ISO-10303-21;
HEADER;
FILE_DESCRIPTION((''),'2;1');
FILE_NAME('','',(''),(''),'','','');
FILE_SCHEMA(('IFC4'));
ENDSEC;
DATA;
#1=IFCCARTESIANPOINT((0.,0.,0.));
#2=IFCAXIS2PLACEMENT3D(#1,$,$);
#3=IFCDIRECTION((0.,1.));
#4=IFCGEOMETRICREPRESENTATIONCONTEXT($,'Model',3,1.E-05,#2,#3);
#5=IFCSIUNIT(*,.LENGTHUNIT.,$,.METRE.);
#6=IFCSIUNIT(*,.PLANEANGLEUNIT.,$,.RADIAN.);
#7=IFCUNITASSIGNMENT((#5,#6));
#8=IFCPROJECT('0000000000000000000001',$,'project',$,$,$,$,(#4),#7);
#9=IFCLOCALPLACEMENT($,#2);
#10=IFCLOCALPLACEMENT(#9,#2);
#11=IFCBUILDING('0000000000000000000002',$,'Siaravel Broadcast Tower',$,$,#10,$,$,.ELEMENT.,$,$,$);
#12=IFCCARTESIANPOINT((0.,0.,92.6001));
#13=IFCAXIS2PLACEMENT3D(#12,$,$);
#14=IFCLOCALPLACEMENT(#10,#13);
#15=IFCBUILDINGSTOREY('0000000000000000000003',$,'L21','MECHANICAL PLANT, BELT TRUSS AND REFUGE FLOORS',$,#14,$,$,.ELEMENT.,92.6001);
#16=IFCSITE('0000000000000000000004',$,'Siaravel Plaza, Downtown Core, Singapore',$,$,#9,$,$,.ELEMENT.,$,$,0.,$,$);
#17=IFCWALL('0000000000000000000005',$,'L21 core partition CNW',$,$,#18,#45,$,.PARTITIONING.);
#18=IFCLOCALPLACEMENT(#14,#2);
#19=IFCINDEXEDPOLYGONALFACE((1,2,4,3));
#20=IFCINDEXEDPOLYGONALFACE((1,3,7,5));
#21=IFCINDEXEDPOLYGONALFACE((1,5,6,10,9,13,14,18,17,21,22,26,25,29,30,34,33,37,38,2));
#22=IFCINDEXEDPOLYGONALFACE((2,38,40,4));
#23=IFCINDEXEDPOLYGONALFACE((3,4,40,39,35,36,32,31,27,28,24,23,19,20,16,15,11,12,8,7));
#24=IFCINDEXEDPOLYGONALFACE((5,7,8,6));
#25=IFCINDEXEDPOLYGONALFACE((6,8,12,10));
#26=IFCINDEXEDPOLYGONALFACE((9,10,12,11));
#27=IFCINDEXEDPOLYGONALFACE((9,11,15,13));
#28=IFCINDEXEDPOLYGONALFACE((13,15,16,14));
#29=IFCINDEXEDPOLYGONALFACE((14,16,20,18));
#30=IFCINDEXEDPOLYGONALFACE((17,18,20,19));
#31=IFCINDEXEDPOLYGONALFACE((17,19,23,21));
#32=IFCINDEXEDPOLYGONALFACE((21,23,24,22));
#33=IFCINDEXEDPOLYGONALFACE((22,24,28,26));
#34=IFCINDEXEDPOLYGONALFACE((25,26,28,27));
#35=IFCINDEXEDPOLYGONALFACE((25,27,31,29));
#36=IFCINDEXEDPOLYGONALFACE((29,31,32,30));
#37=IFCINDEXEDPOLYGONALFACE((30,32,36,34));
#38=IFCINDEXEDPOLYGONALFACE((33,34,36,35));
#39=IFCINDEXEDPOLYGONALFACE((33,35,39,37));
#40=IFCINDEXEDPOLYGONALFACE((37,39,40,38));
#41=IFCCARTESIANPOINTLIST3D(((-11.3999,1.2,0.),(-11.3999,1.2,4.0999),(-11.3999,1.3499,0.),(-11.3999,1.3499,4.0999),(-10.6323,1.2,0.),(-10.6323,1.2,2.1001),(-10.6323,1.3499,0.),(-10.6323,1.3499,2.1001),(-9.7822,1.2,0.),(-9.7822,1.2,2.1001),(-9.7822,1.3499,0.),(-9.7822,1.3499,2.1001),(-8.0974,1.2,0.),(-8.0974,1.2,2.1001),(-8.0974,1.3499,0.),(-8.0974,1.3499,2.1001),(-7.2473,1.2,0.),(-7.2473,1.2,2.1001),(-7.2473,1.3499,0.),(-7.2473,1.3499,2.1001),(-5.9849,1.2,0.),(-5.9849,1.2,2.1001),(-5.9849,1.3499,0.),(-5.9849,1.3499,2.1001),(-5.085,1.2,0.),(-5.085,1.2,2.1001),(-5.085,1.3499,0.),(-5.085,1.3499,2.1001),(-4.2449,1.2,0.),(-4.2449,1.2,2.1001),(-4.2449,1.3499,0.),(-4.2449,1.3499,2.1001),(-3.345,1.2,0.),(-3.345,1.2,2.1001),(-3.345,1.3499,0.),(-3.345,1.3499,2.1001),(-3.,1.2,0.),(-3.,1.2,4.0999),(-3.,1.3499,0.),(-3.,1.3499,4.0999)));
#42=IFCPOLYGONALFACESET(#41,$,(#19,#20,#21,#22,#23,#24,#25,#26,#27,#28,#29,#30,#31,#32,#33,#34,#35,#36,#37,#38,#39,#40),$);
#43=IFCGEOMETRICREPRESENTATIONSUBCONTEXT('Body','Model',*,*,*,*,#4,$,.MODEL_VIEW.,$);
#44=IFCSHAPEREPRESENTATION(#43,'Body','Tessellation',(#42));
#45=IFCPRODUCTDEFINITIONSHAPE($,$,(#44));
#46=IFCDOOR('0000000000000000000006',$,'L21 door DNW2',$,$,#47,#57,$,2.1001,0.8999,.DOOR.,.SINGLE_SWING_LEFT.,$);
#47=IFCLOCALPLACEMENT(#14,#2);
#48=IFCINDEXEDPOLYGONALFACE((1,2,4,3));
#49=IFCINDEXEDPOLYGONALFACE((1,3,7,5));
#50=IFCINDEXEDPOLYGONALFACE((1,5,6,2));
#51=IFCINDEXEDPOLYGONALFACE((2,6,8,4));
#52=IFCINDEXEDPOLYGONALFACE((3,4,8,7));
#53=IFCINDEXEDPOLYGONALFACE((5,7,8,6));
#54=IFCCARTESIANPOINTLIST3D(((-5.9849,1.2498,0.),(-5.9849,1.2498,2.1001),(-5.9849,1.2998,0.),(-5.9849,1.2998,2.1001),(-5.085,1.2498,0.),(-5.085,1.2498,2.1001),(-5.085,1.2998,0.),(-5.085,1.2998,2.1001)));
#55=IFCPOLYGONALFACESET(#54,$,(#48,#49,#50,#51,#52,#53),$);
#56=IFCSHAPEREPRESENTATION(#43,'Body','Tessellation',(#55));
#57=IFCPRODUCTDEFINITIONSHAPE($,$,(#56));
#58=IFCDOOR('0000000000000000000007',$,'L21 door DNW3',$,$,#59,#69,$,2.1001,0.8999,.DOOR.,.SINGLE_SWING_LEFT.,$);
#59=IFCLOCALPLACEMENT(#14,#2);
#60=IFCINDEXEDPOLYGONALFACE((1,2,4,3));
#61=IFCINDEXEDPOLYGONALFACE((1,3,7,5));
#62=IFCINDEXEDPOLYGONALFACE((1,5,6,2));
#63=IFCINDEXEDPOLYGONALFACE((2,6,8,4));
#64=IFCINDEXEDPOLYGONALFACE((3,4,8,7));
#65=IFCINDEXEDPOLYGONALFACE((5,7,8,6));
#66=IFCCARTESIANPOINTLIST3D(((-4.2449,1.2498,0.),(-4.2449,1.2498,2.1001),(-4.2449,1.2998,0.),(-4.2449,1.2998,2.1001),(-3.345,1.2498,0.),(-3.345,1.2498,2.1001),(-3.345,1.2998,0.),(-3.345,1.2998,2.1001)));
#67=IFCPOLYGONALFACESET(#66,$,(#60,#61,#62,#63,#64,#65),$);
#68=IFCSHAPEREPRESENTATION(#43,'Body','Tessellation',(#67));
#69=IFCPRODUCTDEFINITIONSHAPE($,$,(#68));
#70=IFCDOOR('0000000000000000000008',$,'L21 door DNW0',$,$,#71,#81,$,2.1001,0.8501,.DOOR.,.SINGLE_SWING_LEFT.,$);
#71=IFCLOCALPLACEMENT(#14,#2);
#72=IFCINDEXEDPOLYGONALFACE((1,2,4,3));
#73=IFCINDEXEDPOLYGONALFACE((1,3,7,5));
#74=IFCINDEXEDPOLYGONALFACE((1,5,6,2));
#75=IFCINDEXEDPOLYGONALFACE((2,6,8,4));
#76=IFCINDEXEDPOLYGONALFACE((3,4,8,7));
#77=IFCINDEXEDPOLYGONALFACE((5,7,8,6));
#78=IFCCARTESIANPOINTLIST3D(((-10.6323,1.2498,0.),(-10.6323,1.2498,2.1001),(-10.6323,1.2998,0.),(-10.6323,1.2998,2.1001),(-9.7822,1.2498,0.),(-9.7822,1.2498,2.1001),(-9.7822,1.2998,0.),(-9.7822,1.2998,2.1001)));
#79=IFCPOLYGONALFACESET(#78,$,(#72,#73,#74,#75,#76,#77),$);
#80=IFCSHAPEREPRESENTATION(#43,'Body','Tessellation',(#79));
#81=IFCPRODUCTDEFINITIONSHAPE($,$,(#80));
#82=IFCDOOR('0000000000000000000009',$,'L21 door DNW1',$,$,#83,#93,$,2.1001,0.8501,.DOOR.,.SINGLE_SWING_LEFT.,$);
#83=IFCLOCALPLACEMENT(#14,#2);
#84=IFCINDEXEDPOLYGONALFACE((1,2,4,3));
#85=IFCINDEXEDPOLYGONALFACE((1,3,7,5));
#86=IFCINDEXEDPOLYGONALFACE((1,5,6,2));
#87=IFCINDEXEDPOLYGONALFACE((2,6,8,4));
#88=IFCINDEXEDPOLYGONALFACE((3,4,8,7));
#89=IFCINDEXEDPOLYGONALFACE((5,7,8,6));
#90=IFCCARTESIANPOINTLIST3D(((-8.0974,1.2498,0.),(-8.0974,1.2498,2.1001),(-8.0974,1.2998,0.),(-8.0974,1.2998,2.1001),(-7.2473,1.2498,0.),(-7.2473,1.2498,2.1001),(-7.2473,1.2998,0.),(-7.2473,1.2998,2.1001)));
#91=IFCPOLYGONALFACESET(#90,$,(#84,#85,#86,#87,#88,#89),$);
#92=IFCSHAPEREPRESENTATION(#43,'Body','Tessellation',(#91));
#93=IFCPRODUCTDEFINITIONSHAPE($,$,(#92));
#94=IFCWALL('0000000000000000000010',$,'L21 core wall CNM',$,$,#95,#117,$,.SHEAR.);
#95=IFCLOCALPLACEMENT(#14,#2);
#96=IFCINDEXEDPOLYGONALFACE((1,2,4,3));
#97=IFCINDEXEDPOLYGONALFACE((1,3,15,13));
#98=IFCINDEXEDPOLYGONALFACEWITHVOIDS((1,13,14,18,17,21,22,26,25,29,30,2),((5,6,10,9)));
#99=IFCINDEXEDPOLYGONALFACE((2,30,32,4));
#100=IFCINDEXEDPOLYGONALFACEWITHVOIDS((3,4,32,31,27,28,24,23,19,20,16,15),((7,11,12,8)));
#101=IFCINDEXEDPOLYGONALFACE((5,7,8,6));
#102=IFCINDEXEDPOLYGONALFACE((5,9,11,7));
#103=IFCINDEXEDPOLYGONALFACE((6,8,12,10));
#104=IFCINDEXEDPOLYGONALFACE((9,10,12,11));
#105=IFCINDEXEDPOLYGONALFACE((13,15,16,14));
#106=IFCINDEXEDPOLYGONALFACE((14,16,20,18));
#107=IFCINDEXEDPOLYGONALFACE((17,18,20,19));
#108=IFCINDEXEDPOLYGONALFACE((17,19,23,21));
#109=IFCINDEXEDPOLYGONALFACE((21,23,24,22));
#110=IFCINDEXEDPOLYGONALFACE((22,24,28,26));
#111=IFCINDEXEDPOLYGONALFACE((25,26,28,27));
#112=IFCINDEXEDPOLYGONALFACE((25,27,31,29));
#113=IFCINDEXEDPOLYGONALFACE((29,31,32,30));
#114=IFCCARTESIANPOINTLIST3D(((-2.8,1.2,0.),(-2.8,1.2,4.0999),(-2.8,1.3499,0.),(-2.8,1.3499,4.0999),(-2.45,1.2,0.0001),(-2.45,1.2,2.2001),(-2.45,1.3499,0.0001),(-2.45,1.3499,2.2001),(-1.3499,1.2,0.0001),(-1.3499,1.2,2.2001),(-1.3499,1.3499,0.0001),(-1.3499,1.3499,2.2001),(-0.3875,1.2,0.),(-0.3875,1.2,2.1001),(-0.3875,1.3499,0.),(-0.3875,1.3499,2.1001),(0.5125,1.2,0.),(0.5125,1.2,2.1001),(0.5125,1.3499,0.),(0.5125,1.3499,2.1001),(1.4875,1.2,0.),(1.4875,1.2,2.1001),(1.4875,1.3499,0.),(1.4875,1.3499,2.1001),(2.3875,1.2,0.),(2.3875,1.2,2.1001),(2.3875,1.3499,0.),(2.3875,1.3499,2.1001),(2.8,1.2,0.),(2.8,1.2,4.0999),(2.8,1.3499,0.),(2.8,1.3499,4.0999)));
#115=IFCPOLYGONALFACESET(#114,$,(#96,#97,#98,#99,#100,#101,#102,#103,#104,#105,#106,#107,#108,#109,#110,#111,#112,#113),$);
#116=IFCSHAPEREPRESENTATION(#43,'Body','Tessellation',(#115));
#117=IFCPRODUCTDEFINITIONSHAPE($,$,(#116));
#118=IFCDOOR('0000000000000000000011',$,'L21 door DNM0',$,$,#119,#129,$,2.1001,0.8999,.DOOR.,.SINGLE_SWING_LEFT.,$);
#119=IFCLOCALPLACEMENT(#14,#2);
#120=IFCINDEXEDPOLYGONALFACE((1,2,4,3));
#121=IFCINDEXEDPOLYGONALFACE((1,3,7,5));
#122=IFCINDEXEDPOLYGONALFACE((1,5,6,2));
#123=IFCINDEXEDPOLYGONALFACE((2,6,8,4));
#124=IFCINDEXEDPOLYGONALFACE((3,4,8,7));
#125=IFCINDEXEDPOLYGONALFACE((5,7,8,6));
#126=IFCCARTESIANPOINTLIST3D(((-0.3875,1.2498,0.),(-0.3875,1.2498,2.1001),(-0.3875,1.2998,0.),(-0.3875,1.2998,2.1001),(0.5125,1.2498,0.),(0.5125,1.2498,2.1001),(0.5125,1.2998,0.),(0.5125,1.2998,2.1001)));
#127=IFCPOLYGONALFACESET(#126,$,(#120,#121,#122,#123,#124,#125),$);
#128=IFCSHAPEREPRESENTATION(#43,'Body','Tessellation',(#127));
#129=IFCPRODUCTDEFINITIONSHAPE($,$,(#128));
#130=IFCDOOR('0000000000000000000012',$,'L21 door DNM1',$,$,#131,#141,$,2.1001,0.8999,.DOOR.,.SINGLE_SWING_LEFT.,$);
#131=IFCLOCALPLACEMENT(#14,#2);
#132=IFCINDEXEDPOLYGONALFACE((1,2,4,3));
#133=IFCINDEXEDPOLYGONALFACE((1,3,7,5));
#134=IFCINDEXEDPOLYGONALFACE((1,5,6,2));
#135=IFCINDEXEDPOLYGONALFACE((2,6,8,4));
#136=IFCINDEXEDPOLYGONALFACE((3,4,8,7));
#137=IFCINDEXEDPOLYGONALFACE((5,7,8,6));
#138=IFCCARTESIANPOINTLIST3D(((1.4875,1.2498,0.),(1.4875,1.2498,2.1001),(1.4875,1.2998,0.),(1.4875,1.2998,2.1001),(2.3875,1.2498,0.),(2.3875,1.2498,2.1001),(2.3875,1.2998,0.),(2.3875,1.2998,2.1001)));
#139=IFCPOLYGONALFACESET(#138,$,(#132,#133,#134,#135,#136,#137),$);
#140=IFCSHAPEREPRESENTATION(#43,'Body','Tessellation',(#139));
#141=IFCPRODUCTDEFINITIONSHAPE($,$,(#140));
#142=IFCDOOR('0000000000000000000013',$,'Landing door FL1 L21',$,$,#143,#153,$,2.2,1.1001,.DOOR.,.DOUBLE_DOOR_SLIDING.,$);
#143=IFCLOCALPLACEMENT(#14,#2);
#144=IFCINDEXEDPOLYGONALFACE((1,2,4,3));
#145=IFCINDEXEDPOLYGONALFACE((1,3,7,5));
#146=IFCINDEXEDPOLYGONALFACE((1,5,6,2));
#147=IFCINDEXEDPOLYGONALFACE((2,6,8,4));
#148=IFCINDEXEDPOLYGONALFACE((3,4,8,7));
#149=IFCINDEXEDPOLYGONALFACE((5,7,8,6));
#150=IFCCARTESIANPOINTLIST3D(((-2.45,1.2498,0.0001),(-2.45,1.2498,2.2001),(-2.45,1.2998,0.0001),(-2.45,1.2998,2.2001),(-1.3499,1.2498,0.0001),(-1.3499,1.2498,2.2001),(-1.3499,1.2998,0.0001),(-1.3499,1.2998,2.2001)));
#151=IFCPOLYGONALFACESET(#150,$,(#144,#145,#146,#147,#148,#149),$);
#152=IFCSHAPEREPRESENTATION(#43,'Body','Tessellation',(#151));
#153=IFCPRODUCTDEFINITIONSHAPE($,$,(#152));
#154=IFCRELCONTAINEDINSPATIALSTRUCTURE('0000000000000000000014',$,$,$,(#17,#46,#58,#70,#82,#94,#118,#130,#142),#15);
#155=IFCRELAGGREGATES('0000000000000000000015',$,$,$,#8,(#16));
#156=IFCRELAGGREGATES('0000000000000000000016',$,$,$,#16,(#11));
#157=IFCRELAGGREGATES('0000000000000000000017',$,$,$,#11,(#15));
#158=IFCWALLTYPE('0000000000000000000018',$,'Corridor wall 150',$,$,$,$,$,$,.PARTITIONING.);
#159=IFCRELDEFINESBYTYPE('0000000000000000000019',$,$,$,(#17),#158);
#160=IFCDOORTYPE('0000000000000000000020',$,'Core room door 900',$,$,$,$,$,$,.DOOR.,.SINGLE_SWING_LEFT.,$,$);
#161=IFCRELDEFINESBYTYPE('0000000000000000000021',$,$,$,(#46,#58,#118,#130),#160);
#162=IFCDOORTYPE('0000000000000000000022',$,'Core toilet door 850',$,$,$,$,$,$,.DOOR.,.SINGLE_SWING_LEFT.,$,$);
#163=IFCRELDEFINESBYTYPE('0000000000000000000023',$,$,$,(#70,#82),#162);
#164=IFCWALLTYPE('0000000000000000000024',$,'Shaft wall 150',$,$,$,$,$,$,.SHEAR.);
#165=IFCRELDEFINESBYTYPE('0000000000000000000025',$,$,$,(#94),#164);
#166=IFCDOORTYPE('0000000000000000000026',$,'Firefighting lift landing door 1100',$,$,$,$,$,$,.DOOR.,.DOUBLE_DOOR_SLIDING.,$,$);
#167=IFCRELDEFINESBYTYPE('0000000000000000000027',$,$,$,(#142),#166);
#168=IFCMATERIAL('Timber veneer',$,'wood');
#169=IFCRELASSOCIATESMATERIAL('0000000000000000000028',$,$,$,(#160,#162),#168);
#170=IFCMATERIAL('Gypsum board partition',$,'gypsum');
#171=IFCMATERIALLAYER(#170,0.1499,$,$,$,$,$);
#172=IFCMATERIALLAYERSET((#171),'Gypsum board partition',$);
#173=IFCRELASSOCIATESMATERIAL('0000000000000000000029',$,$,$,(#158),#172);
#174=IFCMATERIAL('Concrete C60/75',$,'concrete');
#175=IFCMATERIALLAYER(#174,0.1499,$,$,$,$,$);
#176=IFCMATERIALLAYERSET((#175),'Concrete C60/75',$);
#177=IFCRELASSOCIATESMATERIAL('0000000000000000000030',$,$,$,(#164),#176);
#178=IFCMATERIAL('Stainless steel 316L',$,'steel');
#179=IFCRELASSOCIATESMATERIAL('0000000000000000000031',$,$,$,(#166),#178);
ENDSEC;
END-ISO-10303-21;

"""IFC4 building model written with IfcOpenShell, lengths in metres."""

from ifc_helpers import new_model, si_unit, direction, frame, frame_2d, origin, place, context, subcontext, project, spatial, rectangle, extrude, material, layer, layer_set, type_object, element, fill, save


model = new_model("IFC4")

# Units and contexts
model_context = context("Model", 3, precision=1e-05, world=origin(), true_north=direction((0.0, 1.0)))
body_context = subcontext(model_context, "Body", "Model", "MODEL_VIEW")
ifc_project = project(units=[si_unit("LENGTHUNIT", "METRE"), si_unit("PLANEANGLEUNIT", "RADIAN")], contexts=[model_context])

# Site, building, storey
site_placement = place(None, origin())
site = spatial("IfcSite", under=ifc_project, at=site_placement, Name="Siaravel Plaza, Downtown Core, Singapore", CompositionType="ELEMENT", RefElevation=0.0)
building_placement = place(site_placement, origin())
building = spatial("IfcBuilding", under=site, at=building_placement, Name="Siaravel Broadcast Tower", CompositionType="ELEMENT")
storey_placement = place(building_placement, frame((0.0, 0.0, 92.6001)))
storey = spatial("IfcBuildingStorey", under=building, at=storey_placement, Name="L21", Description="MECHANICAL PLANT, BELT TRUSS AND REFUGE FLOORS", CompositionType="ELEMENT", Elevation=92.6001)

# Walls, openings, doors
ifc_material_1 = material(Name="Concrete C60/75", Category="concrete")
ifc_material_2 = material(Name="Timber veneer", Category="wood")
door_type_1 = type_object("IfcDoorType", Name="Core room door 900", OperationType="SINGLE_SWING_LEFT", PredefinedType="DOOR", material=ifc_material_2)
ifc_material_3 = material(Name="Stainless steel 316L", Category="steel")
ifc_material_4 = material(Name="Gypsum board partition", Category="gypsum")
ifc_layer_1 = layer(ifc_material_4, 0.1499)
ifc_layer_set_1 = layer_set([ifc_layer_1], Name="Gypsum board partition")
wall_type_1 = type_object("IfcWallType", Name="Corridor wall 150", PredefinedType="PARTITIONING", material=ifc_layer_set_1)
wall_1_placement = place(storey_placement, frame((-11.3999, 1.2749, 0.0), z_axis=(0.0, 0.0, 1.0), x_axis=(1.0, 0.0, 0.0)))
wall_1 = element("IfcWall", 1, at=wall_1_placement, inside=storey, type_object=wall_type_1, Name="L21 core partition CNW", PredefinedType="PARTITIONING", context=body_context, shape_type="SweptSolid", body=[
    extrude(rectangle(XDim=8.3999, YDim=0.1499, at=frame_2d((4.2, 0.0))), origin(), (0.0, 0.0, 1.0), 4.0999),
])
opening_1_placement = place(wall_1_placement, frame((0.7676, 0.0, 0.0)))
opening_1 = element("IfcOpeningElement", 2, at=opening_1_placement, cuts=wall_1, PredefinedType="OPENING", context=body_context, shape_type="SweptSolid", body=[
    extrude(rectangle(XDim=0.8501, YDim=2.1001, at=frame_2d((0.425, 1.05))), frame((0.0, 0.085, 0.0), z_axis=(0.0, -1.0, 0.0), x_axis=(1.0, 0.0, 0.0)), (0.0, 0.0, 1.0), 0.1699),
])
opening_2_placement = place(wall_1_placement, frame((3.3025, 0.0, 0.0)))
opening_2 = element("IfcOpeningElement", 3, at=opening_2_placement, cuts=wall_1, PredefinedType="OPENING", context=body_context, shape_type="SweptSolid", body=[
    extrude(rectangle(XDim=0.8501, YDim=2.1001, at=frame_2d((0.425, 1.05))), frame((0.0, 0.085, 0.0), z_axis=(0.0, -1.0, 0.0), x_axis=(1.0, 0.0, 0.0)), (0.0, 0.0, 1.0), 0.1699),
])
opening_3_placement = place(wall_1_placement, frame((5.415, 0.0, 0.0)))
opening_3 = element("IfcOpeningElement", 4, at=opening_3_placement, cuts=wall_1, PredefinedType="OPENING", context=body_context, shape_type="SweptSolid", body=[
    extrude(rectangle(XDim=0.8999, YDim=2.1001, at=frame_2d((0.45, 1.05))), frame((0.0, 0.085, 0.0), z_axis=(0.0, -1.0, 0.0), x_axis=(1.0, 0.0, 0.0)), (0.0, 0.0, 1.0), 0.1699),
])
opening_4_placement = place(wall_1_placement, frame((7.155, 0.0, 0.0)))
opening_4 = element("IfcOpeningElement", 5, at=opening_4_placement, cuts=wall_1, PredefinedType="OPENING", context=body_context, shape_type="SweptSolid", body=[
    extrude(rectangle(XDim=0.8999, YDim=2.1001, at=frame_2d((0.45, 1.05))), frame((0.0, 0.085, 0.0), z_axis=(0.0, -1.0, 0.0), x_axis=(1.0, 0.0, 0.0)), (0.0, 0.0, 1.0), 0.1699),
])
door_1_placement = place(opening_3_placement, origin())
door_1 = element("IfcDoor", 6, at=door_1_placement, inside=storey, type_object=door_type_1, Name="L21 door DNW2", OperationType="SINGLE_SWING_LEFT", OverallHeight=2.1001, OverallWidth=0.8999, PredefinedType="DOOR", context=body_context, shape_type="SweptSolid", body=[
    extrude(rectangle(XDim=0.8999, YDim=2.1001, at=frame_2d((0.45, 1.05))), frame((0.0, 0.0249, 0.0), z_axis=(0.0, -1.0, 0.0), x_axis=(1.0, 0.0, 0.0)), (0.0, 0.0, 1.0), 0.05),
])
fill(opening_3, door_1)
door_2_placement = place(opening_4_placement, origin())
door_2 = element("IfcDoor", 7, at=door_2_placement, inside=storey, type_object=door_type_1, Name="L21 door DNW3", OperationType="SINGLE_SWING_LEFT", OverallHeight=2.1001, OverallWidth=0.8999, PredefinedType="DOOR", context=body_context, shape_type="SweptSolid", body=[
    extrude(rectangle(XDim=0.8999, YDim=2.1001, at=frame_2d((0.45, 1.05))), frame((0.0, 0.0249, 0.0), z_axis=(0.0, -1.0, 0.0), x_axis=(1.0, 0.0, 0.0)), (0.0, 0.0, 1.0), 0.05),
])
fill(opening_4, door_2)
door_type_2 = type_object("IfcDoorType", Name="Core toilet door 850", OperationType="SINGLE_SWING_LEFT", PredefinedType="DOOR", material=ifc_material_2)
door_3_placement = place(opening_1_placement, origin())
door_3 = element("IfcDoor", 8, at=door_3_placement, inside=storey, type_object=door_type_2, Name="L21 door DNW0", OperationType="SINGLE_SWING_LEFT", OverallHeight=2.1001, OverallWidth=0.8501, PredefinedType="DOOR", context=body_context, shape_type="SweptSolid", body=[
    extrude(rectangle(XDim=0.8501, YDim=2.1001, at=frame_2d((0.425, 1.05))), frame((0.0, 0.0249, 0.0), z_axis=(0.0, -1.0, 0.0), x_axis=(1.0, 0.0, 0.0)), (0.0, 0.0, 1.0), 0.05),
])
fill(opening_1, door_3)
door_4_placement = place(opening_2_placement, origin())
door_4 = element("IfcDoor", 9, at=door_4_placement, inside=storey, type_object=door_type_2, Name="L21 door DNW1", OperationType="SINGLE_SWING_LEFT", OverallHeight=2.1001, OverallWidth=0.8501, PredefinedType="DOOR", context=body_context, shape_type="SweptSolid", body=[
    extrude(rectangle(XDim=0.8501, YDim=2.1001, at=frame_2d((0.425, 1.05))), frame((0.0, 0.0249, 0.0), z_axis=(0.0, -1.0, 0.0), x_axis=(1.0, 0.0, 0.0)), (0.0, 0.0, 1.0), 0.05),
])
fill(opening_2, door_4)
ifc_layer_2 = layer(ifc_material_1, 0.1499)
ifc_layer_set_2 = layer_set([ifc_layer_2], Name="Concrete C60/75")
wall_type_2 = type_object("IfcWallType", Name="Shaft wall 150", PredefinedType="SHEAR", material=ifc_layer_set_2)
wall_2_placement = place(storey_placement, frame((-2.8, 1.2749, 0.0), z_axis=(0.0, 0.0, 1.0), x_axis=(1.0, 0.0, 0.0)))
wall_2 = element("IfcWall", 10, at=wall_2_placement, inside=storey, type_object=wall_type_2, Name="L21 core wall CNM", PredefinedType="SHEAR", context=body_context, shape_type="SweptSolid", body=[
    extrude(rectangle(XDim=5.6001, YDim=0.1499, at=frame_2d((2.8, 0.0))), origin(), (0.0, 0.0, 1.0), 4.0999),
])
opening_5_placement = place(wall_2_placement, frame((0.3501, 0.0, 0.0)))
opening_5 = element("IfcOpeningElement", 11, at=opening_5_placement, cuts=wall_2, PredefinedType="OPENING", context=body_context, shape_type="SweptSolid", body=[
    extrude(rectangle(XDim=1.1001, YDim=2.2, at=frame_2d((0.55, 1.1001))), frame((0.0, 0.085, 0.0), z_axis=(0.0, -1.0, 0.0), x_axis=(1.0, 0.0, 0.0)), (0.0, 0.0, 1.0), 0.1699),
])
opening_6_placement = place(wall_2_placement, frame((2.4126, 0.0, 0.0)))
opening_6 = element("IfcOpeningElement", 12, at=opening_6_placement, cuts=wall_2, PredefinedType="OPENING", context=body_context, shape_type="SweptSolid", body=[
    extrude(rectangle(XDim=0.8999, YDim=2.1001, at=frame_2d((0.45, 1.05))), frame((0.0, 0.085, 0.0), z_axis=(0.0, -1.0, 0.0), x_axis=(1.0, 0.0, 0.0)), (0.0, 0.0, 1.0), 0.1699),
])
opening_7_placement = place(wall_2_placement, frame((4.2876, 0.0, 0.0)))
opening_7 = element("IfcOpeningElement", 13, at=opening_7_placement, cuts=wall_2, PredefinedType="OPENING", context=body_context, shape_type="SweptSolid", body=[
    extrude(rectangle(XDim=0.8999, YDim=2.1001, at=frame_2d((0.45, 1.05))), frame((0.0, 0.085, 0.0), z_axis=(0.0, -1.0, 0.0), x_axis=(1.0, 0.0, 0.0)), (0.0, 0.0, 1.0), 0.1699),
])
door_5_placement = place(opening_6_placement, origin())
door_5 = element("IfcDoor", 14, at=door_5_placement, inside=storey, type_object=door_type_1, Name="L21 door DNM0", OperationType="SINGLE_SWING_LEFT", OverallHeight=2.1001, OverallWidth=0.8999, PredefinedType="DOOR", context=body_context, shape_type="SweptSolid", body=[
    extrude(rectangle(XDim=0.8999, YDim=2.1001, at=frame_2d((0.45, 1.05))), frame((0.0, 0.0249, 0.0), z_axis=(0.0, -1.0, 0.0), x_axis=(1.0, 0.0, 0.0)), (0.0, 0.0, 1.0), 0.05),
])
fill(opening_6, door_5)
door_6_placement = place(opening_7_placement, origin())
door_6 = element("IfcDoor", 15, at=door_6_placement, inside=storey, type_object=door_type_1, Name="L21 door DNM1", OperationType="SINGLE_SWING_LEFT", OverallHeight=2.1001, OverallWidth=0.8999, PredefinedType="DOOR", context=body_context, shape_type="SweptSolid", body=[
    extrude(rectangle(XDim=0.8999, YDim=2.1001, at=frame_2d((0.45, 1.05))), frame((0.0, 0.0249, 0.0), z_axis=(0.0, -1.0, 0.0), x_axis=(1.0, 0.0, 0.0)), (0.0, 0.0, 1.0), 0.05),
])
fill(opening_7, door_6)
door_type_3 = type_object("IfcDoorType", Name="Firefighting lift landing door 1100", OperationType="DOUBLE_DOOR_SLIDING", PredefinedType="DOOR", material=ifc_material_3)
door_7_placement = place(opening_5_placement, origin())
door_7 = element("IfcDoor", 16, at=door_7_placement, inside=storey, type_object=door_type_3, Name="Landing door FL1 L21", OperationType="DOUBLE_DOOR_SLIDING", OverallHeight=2.2, OverallWidth=1.1001, PredefinedType="DOOR", context=body_context, shape_type="SweptSolid", body=[
    extrude(rectangle(XDim=1.1001, YDim=2.2, at=frame_2d((0.55, 1.1001))), frame((0.0, 0.0249, 0.0), z_axis=(0.0, -1.0, 0.0), x_axis=(1.0, 0.0, 0.0)), (0.0, 0.0, 1.0), 0.05),
])
fill(opening_5, door_7)

save(model, "model.ifc")
